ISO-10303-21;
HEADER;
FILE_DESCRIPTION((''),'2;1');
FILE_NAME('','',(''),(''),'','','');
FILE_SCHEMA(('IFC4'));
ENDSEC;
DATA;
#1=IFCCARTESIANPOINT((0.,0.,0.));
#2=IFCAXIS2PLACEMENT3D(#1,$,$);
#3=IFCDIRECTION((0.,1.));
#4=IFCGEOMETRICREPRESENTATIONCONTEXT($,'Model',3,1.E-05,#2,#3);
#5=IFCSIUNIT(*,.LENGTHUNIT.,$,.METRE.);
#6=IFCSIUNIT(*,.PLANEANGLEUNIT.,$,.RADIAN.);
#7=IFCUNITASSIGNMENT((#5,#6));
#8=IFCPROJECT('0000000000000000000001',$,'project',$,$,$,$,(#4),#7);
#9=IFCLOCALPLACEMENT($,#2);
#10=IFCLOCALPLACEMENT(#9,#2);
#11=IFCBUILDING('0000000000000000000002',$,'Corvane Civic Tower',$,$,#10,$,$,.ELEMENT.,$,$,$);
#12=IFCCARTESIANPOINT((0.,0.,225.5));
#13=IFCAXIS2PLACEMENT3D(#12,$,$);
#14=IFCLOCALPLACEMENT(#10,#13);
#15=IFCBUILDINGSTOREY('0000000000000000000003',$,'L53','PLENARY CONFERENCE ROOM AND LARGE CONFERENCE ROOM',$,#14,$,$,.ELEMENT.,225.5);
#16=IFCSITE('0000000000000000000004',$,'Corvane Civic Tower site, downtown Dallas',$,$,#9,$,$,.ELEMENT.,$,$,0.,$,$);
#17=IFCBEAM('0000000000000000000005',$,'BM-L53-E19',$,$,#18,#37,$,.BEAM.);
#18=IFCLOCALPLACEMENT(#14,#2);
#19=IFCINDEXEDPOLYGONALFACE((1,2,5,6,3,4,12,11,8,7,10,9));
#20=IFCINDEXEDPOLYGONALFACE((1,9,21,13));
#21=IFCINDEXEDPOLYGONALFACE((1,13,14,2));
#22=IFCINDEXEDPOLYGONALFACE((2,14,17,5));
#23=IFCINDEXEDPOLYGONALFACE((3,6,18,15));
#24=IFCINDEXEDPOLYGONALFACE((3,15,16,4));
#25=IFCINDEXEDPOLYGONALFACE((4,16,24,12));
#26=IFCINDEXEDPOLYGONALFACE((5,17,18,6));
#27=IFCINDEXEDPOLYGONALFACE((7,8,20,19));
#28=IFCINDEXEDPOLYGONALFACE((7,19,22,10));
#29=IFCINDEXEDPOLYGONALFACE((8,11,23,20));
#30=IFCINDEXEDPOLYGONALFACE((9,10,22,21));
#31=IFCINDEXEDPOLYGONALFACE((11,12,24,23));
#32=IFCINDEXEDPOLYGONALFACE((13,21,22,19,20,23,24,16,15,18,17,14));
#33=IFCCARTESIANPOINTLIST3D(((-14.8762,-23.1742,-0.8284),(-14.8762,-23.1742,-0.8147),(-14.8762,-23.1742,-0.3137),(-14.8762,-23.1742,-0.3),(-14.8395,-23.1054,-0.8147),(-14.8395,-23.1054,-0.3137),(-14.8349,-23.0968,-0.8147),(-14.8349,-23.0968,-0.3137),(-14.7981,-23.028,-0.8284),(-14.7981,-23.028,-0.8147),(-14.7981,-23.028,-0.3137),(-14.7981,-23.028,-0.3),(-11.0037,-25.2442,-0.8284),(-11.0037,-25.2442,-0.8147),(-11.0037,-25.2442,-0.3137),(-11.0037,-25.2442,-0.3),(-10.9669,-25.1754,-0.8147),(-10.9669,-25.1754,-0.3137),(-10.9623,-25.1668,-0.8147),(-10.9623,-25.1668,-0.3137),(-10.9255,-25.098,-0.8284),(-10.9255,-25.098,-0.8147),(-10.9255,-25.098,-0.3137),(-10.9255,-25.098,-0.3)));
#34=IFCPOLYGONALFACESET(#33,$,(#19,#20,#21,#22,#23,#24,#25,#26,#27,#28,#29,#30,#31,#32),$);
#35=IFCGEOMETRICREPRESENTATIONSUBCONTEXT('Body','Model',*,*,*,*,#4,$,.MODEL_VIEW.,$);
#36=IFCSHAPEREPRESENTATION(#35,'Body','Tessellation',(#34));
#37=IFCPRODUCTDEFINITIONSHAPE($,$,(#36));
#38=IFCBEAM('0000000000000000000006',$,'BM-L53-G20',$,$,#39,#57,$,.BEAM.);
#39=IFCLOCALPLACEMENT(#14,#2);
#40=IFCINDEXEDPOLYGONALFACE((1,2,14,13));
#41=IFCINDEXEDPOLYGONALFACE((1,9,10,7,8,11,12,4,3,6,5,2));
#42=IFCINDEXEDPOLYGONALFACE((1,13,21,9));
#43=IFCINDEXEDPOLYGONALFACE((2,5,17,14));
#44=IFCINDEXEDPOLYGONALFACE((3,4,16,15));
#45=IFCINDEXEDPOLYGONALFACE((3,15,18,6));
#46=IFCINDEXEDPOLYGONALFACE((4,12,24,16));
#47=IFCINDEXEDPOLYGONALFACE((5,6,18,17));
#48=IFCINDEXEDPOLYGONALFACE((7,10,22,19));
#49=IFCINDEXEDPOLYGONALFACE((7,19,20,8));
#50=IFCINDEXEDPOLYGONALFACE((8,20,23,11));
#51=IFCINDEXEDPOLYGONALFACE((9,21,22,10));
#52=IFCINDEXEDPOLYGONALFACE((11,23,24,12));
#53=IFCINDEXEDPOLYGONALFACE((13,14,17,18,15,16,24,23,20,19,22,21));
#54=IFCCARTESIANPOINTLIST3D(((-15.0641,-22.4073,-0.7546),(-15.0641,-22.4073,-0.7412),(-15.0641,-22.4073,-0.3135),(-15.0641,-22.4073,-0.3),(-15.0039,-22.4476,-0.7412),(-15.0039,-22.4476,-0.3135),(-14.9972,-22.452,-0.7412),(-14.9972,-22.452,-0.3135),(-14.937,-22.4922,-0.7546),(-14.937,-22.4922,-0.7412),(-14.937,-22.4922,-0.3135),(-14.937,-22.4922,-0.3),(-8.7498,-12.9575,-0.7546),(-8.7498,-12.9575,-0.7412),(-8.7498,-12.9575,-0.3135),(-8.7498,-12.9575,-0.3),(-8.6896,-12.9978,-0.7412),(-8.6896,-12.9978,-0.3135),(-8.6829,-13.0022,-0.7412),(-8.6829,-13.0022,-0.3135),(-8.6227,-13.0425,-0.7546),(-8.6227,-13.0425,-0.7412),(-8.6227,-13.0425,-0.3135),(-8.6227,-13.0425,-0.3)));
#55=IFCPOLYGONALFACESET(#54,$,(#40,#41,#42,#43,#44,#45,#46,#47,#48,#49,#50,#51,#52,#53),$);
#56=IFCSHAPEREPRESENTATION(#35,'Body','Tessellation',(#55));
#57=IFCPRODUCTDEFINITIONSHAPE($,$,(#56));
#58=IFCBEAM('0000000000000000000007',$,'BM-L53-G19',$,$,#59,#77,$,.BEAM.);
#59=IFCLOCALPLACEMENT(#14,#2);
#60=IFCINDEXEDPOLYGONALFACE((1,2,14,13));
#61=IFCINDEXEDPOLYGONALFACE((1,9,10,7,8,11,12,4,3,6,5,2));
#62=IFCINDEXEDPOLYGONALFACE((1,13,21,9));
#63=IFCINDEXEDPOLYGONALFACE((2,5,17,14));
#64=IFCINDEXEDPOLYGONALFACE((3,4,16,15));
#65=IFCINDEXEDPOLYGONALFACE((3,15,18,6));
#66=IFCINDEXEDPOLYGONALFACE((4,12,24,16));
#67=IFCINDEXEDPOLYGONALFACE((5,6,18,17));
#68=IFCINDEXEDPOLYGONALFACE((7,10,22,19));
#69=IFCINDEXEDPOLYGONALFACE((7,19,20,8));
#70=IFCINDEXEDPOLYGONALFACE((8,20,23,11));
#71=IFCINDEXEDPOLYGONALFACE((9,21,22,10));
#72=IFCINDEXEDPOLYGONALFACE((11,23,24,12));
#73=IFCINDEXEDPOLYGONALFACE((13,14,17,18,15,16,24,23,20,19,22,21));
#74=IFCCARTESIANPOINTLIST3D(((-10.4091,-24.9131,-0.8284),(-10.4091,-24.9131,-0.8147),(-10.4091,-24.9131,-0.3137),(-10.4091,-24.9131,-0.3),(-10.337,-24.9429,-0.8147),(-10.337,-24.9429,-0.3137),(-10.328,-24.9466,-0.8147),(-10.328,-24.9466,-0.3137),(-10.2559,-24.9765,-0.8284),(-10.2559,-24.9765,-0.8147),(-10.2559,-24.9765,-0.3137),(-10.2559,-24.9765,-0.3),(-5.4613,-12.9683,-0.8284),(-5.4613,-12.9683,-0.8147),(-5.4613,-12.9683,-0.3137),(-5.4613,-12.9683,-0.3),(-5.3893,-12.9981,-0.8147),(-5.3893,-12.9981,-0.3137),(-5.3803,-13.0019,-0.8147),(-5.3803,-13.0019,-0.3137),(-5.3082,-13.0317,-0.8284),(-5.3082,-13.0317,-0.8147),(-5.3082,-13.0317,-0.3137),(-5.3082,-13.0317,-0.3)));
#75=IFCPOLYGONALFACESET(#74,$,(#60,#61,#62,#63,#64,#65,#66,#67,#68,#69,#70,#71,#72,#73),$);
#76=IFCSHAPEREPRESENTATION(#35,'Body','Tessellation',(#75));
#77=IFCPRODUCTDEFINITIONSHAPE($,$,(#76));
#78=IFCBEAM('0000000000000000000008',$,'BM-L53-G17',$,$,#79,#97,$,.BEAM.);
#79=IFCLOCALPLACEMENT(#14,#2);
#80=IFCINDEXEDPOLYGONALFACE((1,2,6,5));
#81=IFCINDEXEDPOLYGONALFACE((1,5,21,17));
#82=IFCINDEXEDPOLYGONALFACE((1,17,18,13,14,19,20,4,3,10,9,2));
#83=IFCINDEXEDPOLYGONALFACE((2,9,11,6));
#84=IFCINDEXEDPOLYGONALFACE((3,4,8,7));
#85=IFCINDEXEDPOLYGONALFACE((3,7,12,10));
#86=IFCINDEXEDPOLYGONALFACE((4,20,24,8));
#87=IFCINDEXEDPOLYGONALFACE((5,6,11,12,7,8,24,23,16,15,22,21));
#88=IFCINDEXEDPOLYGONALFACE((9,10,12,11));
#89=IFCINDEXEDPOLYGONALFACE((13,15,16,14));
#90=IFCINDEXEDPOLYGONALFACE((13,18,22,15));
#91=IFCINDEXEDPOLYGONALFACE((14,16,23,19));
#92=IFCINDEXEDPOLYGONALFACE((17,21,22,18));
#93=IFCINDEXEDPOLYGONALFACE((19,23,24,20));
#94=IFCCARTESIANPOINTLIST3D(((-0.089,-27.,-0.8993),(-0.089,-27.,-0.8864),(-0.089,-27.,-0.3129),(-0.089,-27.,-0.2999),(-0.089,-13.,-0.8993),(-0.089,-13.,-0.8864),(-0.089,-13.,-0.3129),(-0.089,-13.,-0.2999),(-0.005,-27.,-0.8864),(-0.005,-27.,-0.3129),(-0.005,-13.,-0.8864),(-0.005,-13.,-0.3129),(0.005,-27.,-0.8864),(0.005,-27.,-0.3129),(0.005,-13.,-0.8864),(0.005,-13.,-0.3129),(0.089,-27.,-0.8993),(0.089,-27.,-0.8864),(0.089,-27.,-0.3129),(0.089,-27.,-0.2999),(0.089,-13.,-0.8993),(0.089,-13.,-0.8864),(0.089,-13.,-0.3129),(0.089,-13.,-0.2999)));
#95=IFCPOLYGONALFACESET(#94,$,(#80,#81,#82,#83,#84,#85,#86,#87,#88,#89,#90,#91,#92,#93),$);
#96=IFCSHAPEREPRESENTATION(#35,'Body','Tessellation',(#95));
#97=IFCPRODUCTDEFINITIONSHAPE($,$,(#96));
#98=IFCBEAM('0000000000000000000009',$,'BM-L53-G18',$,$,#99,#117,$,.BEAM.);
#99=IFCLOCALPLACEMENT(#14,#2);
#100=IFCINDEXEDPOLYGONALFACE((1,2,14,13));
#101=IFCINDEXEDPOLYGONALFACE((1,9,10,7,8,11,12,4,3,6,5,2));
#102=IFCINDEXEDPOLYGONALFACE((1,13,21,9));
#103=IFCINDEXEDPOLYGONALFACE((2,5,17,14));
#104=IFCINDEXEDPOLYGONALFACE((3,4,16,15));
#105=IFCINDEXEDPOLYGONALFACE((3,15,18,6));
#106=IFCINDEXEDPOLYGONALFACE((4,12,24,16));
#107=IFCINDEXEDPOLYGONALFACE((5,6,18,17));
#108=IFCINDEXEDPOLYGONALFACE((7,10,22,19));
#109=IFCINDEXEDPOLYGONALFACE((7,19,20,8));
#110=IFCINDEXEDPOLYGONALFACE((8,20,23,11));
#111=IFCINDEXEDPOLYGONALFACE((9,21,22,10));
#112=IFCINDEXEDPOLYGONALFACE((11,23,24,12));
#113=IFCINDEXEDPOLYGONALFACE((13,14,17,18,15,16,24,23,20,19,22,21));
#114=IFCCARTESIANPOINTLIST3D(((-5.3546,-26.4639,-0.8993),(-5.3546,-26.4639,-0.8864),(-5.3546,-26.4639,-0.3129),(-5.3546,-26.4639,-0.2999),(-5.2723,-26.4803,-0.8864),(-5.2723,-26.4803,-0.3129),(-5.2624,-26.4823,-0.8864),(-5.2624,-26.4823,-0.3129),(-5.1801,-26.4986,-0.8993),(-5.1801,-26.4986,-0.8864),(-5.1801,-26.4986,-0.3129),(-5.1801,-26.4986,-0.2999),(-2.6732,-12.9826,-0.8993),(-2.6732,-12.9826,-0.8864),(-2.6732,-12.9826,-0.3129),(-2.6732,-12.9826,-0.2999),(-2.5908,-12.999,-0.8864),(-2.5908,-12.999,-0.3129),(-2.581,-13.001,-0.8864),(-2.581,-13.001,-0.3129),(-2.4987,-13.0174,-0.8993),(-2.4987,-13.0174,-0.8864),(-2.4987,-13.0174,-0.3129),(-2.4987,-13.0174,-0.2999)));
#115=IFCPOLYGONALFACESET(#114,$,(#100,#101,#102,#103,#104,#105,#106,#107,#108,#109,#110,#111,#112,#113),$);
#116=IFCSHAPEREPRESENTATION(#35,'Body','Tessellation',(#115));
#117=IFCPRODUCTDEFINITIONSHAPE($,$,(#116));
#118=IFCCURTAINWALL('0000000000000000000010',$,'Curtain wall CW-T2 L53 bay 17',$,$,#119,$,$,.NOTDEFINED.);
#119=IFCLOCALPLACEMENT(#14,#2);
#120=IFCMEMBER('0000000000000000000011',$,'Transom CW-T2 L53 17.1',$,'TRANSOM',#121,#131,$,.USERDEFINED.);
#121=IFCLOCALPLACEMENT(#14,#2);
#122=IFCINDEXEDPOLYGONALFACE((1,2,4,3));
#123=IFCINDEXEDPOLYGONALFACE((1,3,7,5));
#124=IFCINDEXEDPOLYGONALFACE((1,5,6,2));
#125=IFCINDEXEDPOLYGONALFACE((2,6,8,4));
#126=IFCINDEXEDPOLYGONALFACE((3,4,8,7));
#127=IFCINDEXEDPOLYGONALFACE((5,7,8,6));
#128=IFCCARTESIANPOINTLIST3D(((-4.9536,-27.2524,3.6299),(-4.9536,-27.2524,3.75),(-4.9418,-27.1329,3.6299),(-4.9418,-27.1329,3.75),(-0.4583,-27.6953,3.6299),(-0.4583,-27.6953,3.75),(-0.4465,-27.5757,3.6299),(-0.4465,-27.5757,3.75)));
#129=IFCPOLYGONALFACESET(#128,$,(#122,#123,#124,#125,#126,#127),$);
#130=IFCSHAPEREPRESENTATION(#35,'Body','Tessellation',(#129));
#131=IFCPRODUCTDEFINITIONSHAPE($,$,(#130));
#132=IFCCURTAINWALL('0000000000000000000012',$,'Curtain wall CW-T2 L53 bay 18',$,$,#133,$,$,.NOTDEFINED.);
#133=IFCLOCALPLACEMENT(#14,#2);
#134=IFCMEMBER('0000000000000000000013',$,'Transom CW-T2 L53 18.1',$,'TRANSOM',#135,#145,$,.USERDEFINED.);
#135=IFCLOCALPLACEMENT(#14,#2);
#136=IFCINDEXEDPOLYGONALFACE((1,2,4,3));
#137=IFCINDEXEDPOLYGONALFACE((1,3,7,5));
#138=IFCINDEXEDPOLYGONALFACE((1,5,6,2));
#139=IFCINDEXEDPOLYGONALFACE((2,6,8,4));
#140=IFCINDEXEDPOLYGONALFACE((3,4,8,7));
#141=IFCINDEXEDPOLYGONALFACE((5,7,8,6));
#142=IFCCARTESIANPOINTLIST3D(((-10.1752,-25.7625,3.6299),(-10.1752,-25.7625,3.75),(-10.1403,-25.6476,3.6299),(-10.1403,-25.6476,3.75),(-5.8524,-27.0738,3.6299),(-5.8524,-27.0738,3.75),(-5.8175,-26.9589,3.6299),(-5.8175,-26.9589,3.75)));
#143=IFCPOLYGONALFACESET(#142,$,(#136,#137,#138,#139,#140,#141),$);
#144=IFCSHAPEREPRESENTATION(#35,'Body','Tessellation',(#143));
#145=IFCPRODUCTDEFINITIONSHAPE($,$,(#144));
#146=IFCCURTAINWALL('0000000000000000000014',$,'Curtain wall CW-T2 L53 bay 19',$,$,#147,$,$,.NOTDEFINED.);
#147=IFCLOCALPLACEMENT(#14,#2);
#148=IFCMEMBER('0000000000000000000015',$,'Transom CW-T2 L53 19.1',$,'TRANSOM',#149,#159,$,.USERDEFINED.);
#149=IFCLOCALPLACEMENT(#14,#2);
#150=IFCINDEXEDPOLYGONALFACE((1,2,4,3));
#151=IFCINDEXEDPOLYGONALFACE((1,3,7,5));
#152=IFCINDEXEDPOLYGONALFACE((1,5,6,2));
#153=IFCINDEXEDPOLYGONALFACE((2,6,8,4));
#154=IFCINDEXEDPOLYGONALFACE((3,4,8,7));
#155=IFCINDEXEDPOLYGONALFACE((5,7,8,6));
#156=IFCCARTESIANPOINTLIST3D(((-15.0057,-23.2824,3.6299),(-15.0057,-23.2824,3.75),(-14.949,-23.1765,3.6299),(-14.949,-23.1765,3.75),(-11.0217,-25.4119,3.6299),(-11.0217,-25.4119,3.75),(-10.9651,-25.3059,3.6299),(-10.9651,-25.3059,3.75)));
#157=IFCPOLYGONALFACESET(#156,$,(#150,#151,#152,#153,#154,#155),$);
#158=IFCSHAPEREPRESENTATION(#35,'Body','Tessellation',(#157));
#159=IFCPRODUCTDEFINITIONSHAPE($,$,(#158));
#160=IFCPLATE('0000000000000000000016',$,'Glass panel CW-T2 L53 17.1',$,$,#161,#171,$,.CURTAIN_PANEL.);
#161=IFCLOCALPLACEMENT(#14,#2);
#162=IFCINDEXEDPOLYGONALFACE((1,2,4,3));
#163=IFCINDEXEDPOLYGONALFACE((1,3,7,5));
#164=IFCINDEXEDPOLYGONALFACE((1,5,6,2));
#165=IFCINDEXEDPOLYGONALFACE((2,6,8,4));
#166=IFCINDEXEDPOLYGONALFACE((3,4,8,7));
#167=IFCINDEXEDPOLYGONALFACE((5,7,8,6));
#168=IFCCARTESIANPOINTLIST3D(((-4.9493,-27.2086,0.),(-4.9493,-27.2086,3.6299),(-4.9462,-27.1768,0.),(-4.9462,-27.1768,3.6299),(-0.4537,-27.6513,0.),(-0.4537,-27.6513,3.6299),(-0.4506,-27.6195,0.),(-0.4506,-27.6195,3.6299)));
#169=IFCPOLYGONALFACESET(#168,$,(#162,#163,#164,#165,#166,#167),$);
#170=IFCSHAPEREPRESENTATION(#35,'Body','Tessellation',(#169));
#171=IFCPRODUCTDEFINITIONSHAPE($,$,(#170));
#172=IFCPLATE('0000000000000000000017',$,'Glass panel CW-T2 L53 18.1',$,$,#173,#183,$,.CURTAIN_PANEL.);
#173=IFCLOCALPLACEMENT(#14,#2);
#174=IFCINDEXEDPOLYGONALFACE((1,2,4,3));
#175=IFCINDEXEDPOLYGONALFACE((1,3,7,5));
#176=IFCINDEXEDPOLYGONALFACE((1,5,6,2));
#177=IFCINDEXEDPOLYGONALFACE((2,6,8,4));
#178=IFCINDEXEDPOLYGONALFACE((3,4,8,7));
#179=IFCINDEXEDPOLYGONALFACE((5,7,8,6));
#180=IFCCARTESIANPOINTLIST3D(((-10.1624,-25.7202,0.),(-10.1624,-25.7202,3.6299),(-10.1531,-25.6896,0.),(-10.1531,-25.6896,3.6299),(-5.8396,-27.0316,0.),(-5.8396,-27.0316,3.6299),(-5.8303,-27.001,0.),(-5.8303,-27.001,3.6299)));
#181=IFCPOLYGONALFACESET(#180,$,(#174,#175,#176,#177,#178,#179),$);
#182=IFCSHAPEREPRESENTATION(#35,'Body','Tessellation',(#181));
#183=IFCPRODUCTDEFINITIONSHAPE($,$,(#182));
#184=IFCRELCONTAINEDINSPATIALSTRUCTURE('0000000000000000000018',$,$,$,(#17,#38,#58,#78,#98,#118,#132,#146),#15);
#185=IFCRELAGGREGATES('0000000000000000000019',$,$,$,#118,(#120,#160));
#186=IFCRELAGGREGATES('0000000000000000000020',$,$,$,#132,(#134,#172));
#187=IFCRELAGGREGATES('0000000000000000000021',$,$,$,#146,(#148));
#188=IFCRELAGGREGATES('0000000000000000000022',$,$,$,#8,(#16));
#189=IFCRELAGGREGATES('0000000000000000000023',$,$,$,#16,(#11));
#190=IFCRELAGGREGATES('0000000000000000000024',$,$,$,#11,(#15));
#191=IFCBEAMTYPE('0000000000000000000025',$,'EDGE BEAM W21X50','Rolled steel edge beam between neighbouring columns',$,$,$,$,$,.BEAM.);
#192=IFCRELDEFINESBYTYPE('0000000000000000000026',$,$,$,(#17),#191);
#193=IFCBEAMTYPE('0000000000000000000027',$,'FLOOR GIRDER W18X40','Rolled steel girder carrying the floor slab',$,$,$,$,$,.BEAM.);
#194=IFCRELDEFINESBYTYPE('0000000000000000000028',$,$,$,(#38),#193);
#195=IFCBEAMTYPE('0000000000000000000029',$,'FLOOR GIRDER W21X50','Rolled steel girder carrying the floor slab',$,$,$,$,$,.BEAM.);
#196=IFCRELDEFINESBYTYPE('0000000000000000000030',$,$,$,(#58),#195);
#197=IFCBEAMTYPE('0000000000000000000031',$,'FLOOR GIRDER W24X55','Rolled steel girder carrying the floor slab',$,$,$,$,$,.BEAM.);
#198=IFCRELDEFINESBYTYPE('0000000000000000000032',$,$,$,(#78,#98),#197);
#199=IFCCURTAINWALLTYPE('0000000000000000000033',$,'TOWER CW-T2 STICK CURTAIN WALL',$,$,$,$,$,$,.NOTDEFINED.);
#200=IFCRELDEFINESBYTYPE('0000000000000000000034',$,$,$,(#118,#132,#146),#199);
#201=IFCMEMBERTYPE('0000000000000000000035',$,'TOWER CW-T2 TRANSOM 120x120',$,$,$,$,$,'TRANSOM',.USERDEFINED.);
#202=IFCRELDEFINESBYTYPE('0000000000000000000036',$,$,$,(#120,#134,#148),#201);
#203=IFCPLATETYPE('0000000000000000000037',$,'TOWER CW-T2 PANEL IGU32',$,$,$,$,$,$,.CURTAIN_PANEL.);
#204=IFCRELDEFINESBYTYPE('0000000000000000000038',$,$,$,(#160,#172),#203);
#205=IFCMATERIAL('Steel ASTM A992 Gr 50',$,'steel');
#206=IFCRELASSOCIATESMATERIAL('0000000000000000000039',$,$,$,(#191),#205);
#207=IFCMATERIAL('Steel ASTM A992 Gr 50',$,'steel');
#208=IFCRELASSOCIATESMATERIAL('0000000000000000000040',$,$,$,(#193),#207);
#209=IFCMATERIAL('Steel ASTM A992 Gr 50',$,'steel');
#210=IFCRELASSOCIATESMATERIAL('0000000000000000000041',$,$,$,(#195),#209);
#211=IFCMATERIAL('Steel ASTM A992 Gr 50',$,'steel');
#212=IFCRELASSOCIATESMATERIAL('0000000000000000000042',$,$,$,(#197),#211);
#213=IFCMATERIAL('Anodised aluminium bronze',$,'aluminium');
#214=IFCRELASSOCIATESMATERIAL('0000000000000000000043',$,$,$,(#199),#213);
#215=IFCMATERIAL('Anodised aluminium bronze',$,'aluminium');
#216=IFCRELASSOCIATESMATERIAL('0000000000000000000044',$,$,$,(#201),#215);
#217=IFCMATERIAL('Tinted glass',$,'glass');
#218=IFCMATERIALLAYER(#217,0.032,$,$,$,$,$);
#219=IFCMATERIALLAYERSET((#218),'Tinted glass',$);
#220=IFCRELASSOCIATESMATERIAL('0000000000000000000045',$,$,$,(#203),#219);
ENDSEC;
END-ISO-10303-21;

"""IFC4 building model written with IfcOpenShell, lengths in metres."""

from ifc_helpers import new_model, si_unit, direction, frame, origin, origin_2d, place, context, subcontext, project, spatial, rectangle, i_section, extrude, material, layer, layer_set, material_profile, profile_set, type_object, element, aggregate, save


model = new_model("IFC4")

# Units and contexts
model_context = context("Model", 3, precision=1e-05, world=origin(), true_north=direction((0.0, 1.0)))
body_context = subcontext(model_context, "Body", "Model", "MODEL_VIEW")
ifc_project = project(units=[si_unit("LENGTHUNIT", "METRE"), si_unit("PLANEANGLEUNIT", "RADIAN")], contexts=[model_context])

# Site, building, storey
site_placement = place(None, origin())
site = spatial("IfcSite", under=ifc_project, at=site_placement, Name="Corvane Civic Tower site, downtown Dallas", CompositionType="ELEMENT", RefElevation=0.0)
building_placement = place(site_placement, origin())
building = spatial("IfcBuilding", under=site, at=building_placement, Name="Corvane Civic Tower", CompositionType="ELEMENT")
storey_placement = place(building_placement, frame((0.0, 0.0, 225.5)))
storey = spatial("IfcBuildingStorey", under=building, at=storey_placement, Name="L53", Description="PLENARY CONFERENCE ROOM AND LARGE CONFERENCE ROOM", CompositionType="ELEMENT", Elevation=225.5)

# Beams
ifc_material_1 = material(Name="Steel ASTM A992 Gr 50", Category="steel")
ifc_material_profile_1 = material_profile(ifc_material_1, i_section(OverallWidth=0.1658, OverallDepth=0.5283, WebThickness=0.0098, FlangeThickness=0.0137, at=origin_2d()), Name="W21X50")
ifc_profile_set_1 = profile_set([ifc_material_profile_1], Name="Steel ASTM A992 Gr 50")
beam_type_1 = type_object("IfcBeamType", Name="EDGE BEAM W21X50", Description="Rolled steel edge beam between neighbouring columns", PredefinedType="BEAM", material=ifc_profile_set_1)
beam_1_placement = place(storey_placement, frame((-10.9646, -25.1711, -0.5642), z_axis=(-0.881908, 0.471422, 0.0), x_axis=(-0.471422, -0.881908, 0.0)))
element("IfcBeam", 1, at=beam_1_placement, inside=storey, type_object=beam_type_1, Name="BM-L53-E19", PredefinedType="BEAM", context=body_context, shape_type="SweptSolid", body=[
    extrude(i_section(OverallWidth=0.1658, OverallDepth=0.5283, WebThickness=0.0098, FlangeThickness=0.0137, at=origin_2d()), origin(), (0.0, 0.0, 1.0), 4.3911),
])
ifc_material_2 = material(Name="Steel ASTM A992 Gr 50", Category="steel")
ifc_material_profile_2 = material_profile(ifc_material_2, i_section(OverallWidth=0.1528, OverallDepth=0.4546, WebThickness=0.0081, FlangeThickness=0.0134, at=origin_2d()), Name="W18X40")
ifc_profile_set_2 = profile_set([ifc_material_profile_2], Name="Steel ASTM A992 Gr 50")
beam_type_2 = type_object("IfcBeamType", Name="FLOOR GIRDER W18X40", Description="Rolled steel girder carrying the floor slab", PredefinedType="BEAM", material=ifc_profile_set_2)
beam_2_placement = place(storey_placement, frame((-8.6863, -13.0, -0.5273), z_axis=(-0.555577, -0.831465, 0.0), x_axis=(0.831465, -0.555577, 0.0)))
element("IfcBeam", 2, at=beam_2_placement, inside=storey, type_object=beam_type_2, Name="BM-L53-G20", PredefinedType="BEAM", context=body_context, shape_type="SweptSolid", body=[
    extrude(i_section(OverallWidth=0.1528, OverallDepth=0.4546, WebThickness=0.0081, FlangeThickness=0.0134, at=origin_2d()), origin(), (0.0, 0.0, 1.0), 11.3652),
])
ifc_material_3 = material(Name="Steel ASTM A992 Gr 50", Category="steel")
ifc_material_profile_3 = material_profile(ifc_material_3, i_section(OverallWidth=0.1658, OverallDepth=0.5283, WebThickness=0.0098, FlangeThickness=0.0137, at=origin_2d()), Name="W21X50")
ifc_profile_set_3 = profile_set([ifc_material_profile_3], Name="Steel ASTM A992 Gr 50")
beam_type_3 = type_object("IfcBeamType", Name="FLOOR GIRDER W21X50", Description="Rolled steel girder carrying the floor slab", PredefinedType="BEAM", material=ifc_profile_set_3)
beam_3_placement = place(storey_placement, frame((-5.3848, -13.0, -0.5642), z_axis=(-0.382686, -0.923878, 0.0), x_axis=(0.923878, -0.382686, 0.0)))
element("IfcBeam", 3, at=beam_3_placement, inside=storey, type_object=beam_type_3, Name="BM-L53-G19", PredefinedType="BEAM", context=body_context, shape_type="SweptSolid", body=[
    extrude(i_section(OverallWidth=0.1658, OverallDepth=0.5283, WebThickness=0.0098, FlangeThickness=0.0137, at=origin_2d()), origin(), (0.0, 0.0, 1.0), 12.929),
])
ifc_material_4 = material(Name="Steel ASTM A992 Gr 50", Category="steel")
ifc_material_profile_4 = material_profile(ifc_material_4, i_section(OverallWidth=0.178, OverallDepth=0.5994, WebThickness=0.01, FlangeThickness=0.0129, at=origin_2d()), Name="W24X55")
ifc_profile_set_4 = profile_set([ifc_material_profile_4], Name="Steel ASTM A992 Gr 50")
beam_type_4 = type_object("IfcBeamType", Name="FLOOR GIRDER W24X55", Description="Rolled steel girder carrying the floor slab", PredefinedType="BEAM", material=ifc_profile_set_4)
beam_4_placement = place(storey_placement, frame((0.0, -13.0, -0.5996), z_axis=(0.0, -1.0, 0.0), x_axis=(1.0, 0.0, 0.0)))
element("IfcBeam", 4, at=beam_4_placement, inside=storey, type_object=beam_type_4, Name="BM-L53-G17", PredefinedType="BEAM", context=body_context, shape_type="SweptSolid", body=[
    extrude(i_section(OverallWidth=0.178, OverallDepth=0.5994, WebThickness=0.01, FlangeThickness=0.0129, at=origin_2d()), origin(), (0.0, 0.0, 1.0), 14.0),
])
beam_5_placement = place(storey_placement, frame((-2.5859, -13.0, -0.5996), z_axis=(-0.195078, -0.980788, 0.0), x_axis=(0.980788, -0.195078, 0.0)))
element("IfcBeam", 5, at=beam_5_placement, inside=storey, type_object=beam_type_4, Name="BM-L53-G18", PredefinedType="BEAM", context=body_context, shape_type="SweptSolid", body=[
    extrude(i_section(OverallWidth=0.178, OverallDepth=0.5994, WebThickness=0.01, FlangeThickness=0.0129, at=origin_2d()), origin(), (0.0, 0.0, 1.0), 13.7454),
])

# Curtain walls, members
ifc_material_5 = material(Name="Anodised aluminium bronze", Category="aluminium")
curtain_wall_type = type_object("IfcCurtainWallType", Name="TOWER CW-T2 STICK CURTAIN WALL", PredefinedType="NOTDEFINED", material=ifc_material_5)
curtain_wall_1_placement = place(storey_placement, origin())
curtain_wall_1 = element("IfcCurtainWall", 6, at=curtain_wall_1_placement, inside=storey, type_object=curtain_wall_type, Name="Curtain wall CW-T2 L53 bay 17", PredefinedType="NOTDEFINED")
ifc_material_6 = material(Name="Anodised aluminium bronze", Category="aluminium")
ifc_material_profile_5 = material_profile(ifc_material_6, rectangle(XDim=0.1201, YDim=0.1201, at=origin_2d()), Name="TOWER CW-T2 TRANSOM 120x120")
ifc_profile_set_5 = profile_set([ifc_material_profile_5], Name="Anodised aluminium bronze")
member_type = type_object("IfcMemberType", Name="TOWER CW-T2 TRANSOM 120x120", ElementType="TRANSOM", PredefinedType="USERDEFINED", material=ifc_profile_set_5)
member_1_placement = place(storey_placement, frame((-0.4524, -27.6355, 3.6899), z_axis=(-0.995182, 0.098043, 0.0), x_axis=(-0.098043, -0.995182, 0.0)))
member_1 = element("IfcMember", 7, at=member_1_placement, type_object=member_type, Name="Transom CW-T2 L53 17.1", ObjectType="TRANSOM", PredefinedType="USERDEFINED", context=body_context, shape_type="SweptSolid", body=[
    extrude(rectangle(XDim=0.1201, YDim=0.1201, at=origin_2d()), origin(), (0.0, 0.0, 1.0), 4.5171),
])
curtain_wall_2_placement = place(storey_placement, origin())
curtain_wall_2 = element("IfcCurtainWall", 8, at=curtain_wall_2_placement, inside=storey, type_object=curtain_wall_type, Name="Curtain wall CW-T2 L53 bay 18", PredefinedType="NOTDEFINED")
member_2_placement = place(storey_placement, frame((-5.835, -27.0164, 3.6899), z_axis=(-0.956941, 0.290282, 0.0), x_axis=(-0.290282, -0.956941, 0.0)))
member_2 = element("IfcMember", 9, at=member_2_placement, type_object=member_type, Name="Transom CW-T2 L53 18.1", ObjectType="TRANSOM", PredefinedType="USERDEFINED", context=body_context, shape_type="SweptSolid", body=[
    extrude(rectangle(XDim=0.1201, YDim=0.1201, at=origin_2d()), origin(), (0.0, 0.0, 1.0), 4.5173),
])
curtain_wall_3_placement = place(storey_placement, origin())
curtain_wall_3 = element("IfcCurtainWall", 10, at=curtain_wall_3_placement, inside=storey, type_object=curtain_wall_type, Name="Curtain wall CW-T2 L53 bay 19", PredefinedType="NOTDEFINED")
member_3_placement = place(storey_placement, frame((-10.9934, -25.3589, 3.6899), z_axis=(-0.881925, 0.47139, 0.0), x_axis=(-0.47139, -0.881925, 0.0)))
member_3 = element("IfcMember", 11, at=member_3_placement, type_object=member_type, Name="Transom CW-T2 L53 19.1", ObjectType="TRANSOM", PredefinedType="USERDEFINED", context=body_context, shape_type="SweptSolid", body=[
    extrude(rectangle(XDim=0.1201, YDim=0.1201, at=origin_2d()), origin(), (0.0, 0.0, 1.0), 4.5173),
])

# Plates
ifc_material_7 = material(Name="Tinted glass", Category="glass")
ifc_layer_1 = layer(ifc_material_7, 0.032)
ifc_layer_set_1 = layer_set([ifc_layer_1], Name="Tinted glass")
plate_type = type_object("IfcPlateType", Name="TOWER CW-T2 PANEL IGU32", PredefinedType="CURTAIN_PANEL", material=ifc_layer_set_1)
plate_1_placement = place(storey_placement, frame((-2.7, -27.4141, 0.0), z_axis=(0.0, 0.0, 1.0), x_axis=(-0.995187, 0.097993, 0.0)))
plate_1 = element("IfcPlate", 12, at=plate_1_placement, type_object=plate_type, Name="Glass panel CW-T2 L53 17.1", PredefinedType="CURTAIN_PANEL", context=body_context, shape_type="SweptSolid", body=[
    extrude(rectangle(XDim=4.5173, YDim=0.032, at=origin_2d()), origin(), (0.0, 0.0, 1.0), 3.6299),
])
aggregate(curtain_wall_1, [member_1, plate_1])
plate_2_placement = place(storey_placement, frame((-7.9963, -26.3606, 0.0), z_axis=(0.0, 0.0, 1.0), x_axis=(-0.956939, 0.29029, 0.0)))
plate_2 = element("IfcPlate", 13, at=plate_2_placement, type_object=plate_type, Name="Glass panel CW-T2 L53 18.1", PredefinedType="CURTAIN_PANEL", context=body_context, shape_type="SweptSolid", body=[
    extrude(rectangle(XDim=4.5173, YDim=0.032, at=origin_2d()), origin(), (0.0, 0.0, 1.0), 3.6299),
])
aggregate(curtain_wall_2, [member_2, plate_2])
aggregate(curtain_wall_3, [member_3])

save(model, "model.ifc")
